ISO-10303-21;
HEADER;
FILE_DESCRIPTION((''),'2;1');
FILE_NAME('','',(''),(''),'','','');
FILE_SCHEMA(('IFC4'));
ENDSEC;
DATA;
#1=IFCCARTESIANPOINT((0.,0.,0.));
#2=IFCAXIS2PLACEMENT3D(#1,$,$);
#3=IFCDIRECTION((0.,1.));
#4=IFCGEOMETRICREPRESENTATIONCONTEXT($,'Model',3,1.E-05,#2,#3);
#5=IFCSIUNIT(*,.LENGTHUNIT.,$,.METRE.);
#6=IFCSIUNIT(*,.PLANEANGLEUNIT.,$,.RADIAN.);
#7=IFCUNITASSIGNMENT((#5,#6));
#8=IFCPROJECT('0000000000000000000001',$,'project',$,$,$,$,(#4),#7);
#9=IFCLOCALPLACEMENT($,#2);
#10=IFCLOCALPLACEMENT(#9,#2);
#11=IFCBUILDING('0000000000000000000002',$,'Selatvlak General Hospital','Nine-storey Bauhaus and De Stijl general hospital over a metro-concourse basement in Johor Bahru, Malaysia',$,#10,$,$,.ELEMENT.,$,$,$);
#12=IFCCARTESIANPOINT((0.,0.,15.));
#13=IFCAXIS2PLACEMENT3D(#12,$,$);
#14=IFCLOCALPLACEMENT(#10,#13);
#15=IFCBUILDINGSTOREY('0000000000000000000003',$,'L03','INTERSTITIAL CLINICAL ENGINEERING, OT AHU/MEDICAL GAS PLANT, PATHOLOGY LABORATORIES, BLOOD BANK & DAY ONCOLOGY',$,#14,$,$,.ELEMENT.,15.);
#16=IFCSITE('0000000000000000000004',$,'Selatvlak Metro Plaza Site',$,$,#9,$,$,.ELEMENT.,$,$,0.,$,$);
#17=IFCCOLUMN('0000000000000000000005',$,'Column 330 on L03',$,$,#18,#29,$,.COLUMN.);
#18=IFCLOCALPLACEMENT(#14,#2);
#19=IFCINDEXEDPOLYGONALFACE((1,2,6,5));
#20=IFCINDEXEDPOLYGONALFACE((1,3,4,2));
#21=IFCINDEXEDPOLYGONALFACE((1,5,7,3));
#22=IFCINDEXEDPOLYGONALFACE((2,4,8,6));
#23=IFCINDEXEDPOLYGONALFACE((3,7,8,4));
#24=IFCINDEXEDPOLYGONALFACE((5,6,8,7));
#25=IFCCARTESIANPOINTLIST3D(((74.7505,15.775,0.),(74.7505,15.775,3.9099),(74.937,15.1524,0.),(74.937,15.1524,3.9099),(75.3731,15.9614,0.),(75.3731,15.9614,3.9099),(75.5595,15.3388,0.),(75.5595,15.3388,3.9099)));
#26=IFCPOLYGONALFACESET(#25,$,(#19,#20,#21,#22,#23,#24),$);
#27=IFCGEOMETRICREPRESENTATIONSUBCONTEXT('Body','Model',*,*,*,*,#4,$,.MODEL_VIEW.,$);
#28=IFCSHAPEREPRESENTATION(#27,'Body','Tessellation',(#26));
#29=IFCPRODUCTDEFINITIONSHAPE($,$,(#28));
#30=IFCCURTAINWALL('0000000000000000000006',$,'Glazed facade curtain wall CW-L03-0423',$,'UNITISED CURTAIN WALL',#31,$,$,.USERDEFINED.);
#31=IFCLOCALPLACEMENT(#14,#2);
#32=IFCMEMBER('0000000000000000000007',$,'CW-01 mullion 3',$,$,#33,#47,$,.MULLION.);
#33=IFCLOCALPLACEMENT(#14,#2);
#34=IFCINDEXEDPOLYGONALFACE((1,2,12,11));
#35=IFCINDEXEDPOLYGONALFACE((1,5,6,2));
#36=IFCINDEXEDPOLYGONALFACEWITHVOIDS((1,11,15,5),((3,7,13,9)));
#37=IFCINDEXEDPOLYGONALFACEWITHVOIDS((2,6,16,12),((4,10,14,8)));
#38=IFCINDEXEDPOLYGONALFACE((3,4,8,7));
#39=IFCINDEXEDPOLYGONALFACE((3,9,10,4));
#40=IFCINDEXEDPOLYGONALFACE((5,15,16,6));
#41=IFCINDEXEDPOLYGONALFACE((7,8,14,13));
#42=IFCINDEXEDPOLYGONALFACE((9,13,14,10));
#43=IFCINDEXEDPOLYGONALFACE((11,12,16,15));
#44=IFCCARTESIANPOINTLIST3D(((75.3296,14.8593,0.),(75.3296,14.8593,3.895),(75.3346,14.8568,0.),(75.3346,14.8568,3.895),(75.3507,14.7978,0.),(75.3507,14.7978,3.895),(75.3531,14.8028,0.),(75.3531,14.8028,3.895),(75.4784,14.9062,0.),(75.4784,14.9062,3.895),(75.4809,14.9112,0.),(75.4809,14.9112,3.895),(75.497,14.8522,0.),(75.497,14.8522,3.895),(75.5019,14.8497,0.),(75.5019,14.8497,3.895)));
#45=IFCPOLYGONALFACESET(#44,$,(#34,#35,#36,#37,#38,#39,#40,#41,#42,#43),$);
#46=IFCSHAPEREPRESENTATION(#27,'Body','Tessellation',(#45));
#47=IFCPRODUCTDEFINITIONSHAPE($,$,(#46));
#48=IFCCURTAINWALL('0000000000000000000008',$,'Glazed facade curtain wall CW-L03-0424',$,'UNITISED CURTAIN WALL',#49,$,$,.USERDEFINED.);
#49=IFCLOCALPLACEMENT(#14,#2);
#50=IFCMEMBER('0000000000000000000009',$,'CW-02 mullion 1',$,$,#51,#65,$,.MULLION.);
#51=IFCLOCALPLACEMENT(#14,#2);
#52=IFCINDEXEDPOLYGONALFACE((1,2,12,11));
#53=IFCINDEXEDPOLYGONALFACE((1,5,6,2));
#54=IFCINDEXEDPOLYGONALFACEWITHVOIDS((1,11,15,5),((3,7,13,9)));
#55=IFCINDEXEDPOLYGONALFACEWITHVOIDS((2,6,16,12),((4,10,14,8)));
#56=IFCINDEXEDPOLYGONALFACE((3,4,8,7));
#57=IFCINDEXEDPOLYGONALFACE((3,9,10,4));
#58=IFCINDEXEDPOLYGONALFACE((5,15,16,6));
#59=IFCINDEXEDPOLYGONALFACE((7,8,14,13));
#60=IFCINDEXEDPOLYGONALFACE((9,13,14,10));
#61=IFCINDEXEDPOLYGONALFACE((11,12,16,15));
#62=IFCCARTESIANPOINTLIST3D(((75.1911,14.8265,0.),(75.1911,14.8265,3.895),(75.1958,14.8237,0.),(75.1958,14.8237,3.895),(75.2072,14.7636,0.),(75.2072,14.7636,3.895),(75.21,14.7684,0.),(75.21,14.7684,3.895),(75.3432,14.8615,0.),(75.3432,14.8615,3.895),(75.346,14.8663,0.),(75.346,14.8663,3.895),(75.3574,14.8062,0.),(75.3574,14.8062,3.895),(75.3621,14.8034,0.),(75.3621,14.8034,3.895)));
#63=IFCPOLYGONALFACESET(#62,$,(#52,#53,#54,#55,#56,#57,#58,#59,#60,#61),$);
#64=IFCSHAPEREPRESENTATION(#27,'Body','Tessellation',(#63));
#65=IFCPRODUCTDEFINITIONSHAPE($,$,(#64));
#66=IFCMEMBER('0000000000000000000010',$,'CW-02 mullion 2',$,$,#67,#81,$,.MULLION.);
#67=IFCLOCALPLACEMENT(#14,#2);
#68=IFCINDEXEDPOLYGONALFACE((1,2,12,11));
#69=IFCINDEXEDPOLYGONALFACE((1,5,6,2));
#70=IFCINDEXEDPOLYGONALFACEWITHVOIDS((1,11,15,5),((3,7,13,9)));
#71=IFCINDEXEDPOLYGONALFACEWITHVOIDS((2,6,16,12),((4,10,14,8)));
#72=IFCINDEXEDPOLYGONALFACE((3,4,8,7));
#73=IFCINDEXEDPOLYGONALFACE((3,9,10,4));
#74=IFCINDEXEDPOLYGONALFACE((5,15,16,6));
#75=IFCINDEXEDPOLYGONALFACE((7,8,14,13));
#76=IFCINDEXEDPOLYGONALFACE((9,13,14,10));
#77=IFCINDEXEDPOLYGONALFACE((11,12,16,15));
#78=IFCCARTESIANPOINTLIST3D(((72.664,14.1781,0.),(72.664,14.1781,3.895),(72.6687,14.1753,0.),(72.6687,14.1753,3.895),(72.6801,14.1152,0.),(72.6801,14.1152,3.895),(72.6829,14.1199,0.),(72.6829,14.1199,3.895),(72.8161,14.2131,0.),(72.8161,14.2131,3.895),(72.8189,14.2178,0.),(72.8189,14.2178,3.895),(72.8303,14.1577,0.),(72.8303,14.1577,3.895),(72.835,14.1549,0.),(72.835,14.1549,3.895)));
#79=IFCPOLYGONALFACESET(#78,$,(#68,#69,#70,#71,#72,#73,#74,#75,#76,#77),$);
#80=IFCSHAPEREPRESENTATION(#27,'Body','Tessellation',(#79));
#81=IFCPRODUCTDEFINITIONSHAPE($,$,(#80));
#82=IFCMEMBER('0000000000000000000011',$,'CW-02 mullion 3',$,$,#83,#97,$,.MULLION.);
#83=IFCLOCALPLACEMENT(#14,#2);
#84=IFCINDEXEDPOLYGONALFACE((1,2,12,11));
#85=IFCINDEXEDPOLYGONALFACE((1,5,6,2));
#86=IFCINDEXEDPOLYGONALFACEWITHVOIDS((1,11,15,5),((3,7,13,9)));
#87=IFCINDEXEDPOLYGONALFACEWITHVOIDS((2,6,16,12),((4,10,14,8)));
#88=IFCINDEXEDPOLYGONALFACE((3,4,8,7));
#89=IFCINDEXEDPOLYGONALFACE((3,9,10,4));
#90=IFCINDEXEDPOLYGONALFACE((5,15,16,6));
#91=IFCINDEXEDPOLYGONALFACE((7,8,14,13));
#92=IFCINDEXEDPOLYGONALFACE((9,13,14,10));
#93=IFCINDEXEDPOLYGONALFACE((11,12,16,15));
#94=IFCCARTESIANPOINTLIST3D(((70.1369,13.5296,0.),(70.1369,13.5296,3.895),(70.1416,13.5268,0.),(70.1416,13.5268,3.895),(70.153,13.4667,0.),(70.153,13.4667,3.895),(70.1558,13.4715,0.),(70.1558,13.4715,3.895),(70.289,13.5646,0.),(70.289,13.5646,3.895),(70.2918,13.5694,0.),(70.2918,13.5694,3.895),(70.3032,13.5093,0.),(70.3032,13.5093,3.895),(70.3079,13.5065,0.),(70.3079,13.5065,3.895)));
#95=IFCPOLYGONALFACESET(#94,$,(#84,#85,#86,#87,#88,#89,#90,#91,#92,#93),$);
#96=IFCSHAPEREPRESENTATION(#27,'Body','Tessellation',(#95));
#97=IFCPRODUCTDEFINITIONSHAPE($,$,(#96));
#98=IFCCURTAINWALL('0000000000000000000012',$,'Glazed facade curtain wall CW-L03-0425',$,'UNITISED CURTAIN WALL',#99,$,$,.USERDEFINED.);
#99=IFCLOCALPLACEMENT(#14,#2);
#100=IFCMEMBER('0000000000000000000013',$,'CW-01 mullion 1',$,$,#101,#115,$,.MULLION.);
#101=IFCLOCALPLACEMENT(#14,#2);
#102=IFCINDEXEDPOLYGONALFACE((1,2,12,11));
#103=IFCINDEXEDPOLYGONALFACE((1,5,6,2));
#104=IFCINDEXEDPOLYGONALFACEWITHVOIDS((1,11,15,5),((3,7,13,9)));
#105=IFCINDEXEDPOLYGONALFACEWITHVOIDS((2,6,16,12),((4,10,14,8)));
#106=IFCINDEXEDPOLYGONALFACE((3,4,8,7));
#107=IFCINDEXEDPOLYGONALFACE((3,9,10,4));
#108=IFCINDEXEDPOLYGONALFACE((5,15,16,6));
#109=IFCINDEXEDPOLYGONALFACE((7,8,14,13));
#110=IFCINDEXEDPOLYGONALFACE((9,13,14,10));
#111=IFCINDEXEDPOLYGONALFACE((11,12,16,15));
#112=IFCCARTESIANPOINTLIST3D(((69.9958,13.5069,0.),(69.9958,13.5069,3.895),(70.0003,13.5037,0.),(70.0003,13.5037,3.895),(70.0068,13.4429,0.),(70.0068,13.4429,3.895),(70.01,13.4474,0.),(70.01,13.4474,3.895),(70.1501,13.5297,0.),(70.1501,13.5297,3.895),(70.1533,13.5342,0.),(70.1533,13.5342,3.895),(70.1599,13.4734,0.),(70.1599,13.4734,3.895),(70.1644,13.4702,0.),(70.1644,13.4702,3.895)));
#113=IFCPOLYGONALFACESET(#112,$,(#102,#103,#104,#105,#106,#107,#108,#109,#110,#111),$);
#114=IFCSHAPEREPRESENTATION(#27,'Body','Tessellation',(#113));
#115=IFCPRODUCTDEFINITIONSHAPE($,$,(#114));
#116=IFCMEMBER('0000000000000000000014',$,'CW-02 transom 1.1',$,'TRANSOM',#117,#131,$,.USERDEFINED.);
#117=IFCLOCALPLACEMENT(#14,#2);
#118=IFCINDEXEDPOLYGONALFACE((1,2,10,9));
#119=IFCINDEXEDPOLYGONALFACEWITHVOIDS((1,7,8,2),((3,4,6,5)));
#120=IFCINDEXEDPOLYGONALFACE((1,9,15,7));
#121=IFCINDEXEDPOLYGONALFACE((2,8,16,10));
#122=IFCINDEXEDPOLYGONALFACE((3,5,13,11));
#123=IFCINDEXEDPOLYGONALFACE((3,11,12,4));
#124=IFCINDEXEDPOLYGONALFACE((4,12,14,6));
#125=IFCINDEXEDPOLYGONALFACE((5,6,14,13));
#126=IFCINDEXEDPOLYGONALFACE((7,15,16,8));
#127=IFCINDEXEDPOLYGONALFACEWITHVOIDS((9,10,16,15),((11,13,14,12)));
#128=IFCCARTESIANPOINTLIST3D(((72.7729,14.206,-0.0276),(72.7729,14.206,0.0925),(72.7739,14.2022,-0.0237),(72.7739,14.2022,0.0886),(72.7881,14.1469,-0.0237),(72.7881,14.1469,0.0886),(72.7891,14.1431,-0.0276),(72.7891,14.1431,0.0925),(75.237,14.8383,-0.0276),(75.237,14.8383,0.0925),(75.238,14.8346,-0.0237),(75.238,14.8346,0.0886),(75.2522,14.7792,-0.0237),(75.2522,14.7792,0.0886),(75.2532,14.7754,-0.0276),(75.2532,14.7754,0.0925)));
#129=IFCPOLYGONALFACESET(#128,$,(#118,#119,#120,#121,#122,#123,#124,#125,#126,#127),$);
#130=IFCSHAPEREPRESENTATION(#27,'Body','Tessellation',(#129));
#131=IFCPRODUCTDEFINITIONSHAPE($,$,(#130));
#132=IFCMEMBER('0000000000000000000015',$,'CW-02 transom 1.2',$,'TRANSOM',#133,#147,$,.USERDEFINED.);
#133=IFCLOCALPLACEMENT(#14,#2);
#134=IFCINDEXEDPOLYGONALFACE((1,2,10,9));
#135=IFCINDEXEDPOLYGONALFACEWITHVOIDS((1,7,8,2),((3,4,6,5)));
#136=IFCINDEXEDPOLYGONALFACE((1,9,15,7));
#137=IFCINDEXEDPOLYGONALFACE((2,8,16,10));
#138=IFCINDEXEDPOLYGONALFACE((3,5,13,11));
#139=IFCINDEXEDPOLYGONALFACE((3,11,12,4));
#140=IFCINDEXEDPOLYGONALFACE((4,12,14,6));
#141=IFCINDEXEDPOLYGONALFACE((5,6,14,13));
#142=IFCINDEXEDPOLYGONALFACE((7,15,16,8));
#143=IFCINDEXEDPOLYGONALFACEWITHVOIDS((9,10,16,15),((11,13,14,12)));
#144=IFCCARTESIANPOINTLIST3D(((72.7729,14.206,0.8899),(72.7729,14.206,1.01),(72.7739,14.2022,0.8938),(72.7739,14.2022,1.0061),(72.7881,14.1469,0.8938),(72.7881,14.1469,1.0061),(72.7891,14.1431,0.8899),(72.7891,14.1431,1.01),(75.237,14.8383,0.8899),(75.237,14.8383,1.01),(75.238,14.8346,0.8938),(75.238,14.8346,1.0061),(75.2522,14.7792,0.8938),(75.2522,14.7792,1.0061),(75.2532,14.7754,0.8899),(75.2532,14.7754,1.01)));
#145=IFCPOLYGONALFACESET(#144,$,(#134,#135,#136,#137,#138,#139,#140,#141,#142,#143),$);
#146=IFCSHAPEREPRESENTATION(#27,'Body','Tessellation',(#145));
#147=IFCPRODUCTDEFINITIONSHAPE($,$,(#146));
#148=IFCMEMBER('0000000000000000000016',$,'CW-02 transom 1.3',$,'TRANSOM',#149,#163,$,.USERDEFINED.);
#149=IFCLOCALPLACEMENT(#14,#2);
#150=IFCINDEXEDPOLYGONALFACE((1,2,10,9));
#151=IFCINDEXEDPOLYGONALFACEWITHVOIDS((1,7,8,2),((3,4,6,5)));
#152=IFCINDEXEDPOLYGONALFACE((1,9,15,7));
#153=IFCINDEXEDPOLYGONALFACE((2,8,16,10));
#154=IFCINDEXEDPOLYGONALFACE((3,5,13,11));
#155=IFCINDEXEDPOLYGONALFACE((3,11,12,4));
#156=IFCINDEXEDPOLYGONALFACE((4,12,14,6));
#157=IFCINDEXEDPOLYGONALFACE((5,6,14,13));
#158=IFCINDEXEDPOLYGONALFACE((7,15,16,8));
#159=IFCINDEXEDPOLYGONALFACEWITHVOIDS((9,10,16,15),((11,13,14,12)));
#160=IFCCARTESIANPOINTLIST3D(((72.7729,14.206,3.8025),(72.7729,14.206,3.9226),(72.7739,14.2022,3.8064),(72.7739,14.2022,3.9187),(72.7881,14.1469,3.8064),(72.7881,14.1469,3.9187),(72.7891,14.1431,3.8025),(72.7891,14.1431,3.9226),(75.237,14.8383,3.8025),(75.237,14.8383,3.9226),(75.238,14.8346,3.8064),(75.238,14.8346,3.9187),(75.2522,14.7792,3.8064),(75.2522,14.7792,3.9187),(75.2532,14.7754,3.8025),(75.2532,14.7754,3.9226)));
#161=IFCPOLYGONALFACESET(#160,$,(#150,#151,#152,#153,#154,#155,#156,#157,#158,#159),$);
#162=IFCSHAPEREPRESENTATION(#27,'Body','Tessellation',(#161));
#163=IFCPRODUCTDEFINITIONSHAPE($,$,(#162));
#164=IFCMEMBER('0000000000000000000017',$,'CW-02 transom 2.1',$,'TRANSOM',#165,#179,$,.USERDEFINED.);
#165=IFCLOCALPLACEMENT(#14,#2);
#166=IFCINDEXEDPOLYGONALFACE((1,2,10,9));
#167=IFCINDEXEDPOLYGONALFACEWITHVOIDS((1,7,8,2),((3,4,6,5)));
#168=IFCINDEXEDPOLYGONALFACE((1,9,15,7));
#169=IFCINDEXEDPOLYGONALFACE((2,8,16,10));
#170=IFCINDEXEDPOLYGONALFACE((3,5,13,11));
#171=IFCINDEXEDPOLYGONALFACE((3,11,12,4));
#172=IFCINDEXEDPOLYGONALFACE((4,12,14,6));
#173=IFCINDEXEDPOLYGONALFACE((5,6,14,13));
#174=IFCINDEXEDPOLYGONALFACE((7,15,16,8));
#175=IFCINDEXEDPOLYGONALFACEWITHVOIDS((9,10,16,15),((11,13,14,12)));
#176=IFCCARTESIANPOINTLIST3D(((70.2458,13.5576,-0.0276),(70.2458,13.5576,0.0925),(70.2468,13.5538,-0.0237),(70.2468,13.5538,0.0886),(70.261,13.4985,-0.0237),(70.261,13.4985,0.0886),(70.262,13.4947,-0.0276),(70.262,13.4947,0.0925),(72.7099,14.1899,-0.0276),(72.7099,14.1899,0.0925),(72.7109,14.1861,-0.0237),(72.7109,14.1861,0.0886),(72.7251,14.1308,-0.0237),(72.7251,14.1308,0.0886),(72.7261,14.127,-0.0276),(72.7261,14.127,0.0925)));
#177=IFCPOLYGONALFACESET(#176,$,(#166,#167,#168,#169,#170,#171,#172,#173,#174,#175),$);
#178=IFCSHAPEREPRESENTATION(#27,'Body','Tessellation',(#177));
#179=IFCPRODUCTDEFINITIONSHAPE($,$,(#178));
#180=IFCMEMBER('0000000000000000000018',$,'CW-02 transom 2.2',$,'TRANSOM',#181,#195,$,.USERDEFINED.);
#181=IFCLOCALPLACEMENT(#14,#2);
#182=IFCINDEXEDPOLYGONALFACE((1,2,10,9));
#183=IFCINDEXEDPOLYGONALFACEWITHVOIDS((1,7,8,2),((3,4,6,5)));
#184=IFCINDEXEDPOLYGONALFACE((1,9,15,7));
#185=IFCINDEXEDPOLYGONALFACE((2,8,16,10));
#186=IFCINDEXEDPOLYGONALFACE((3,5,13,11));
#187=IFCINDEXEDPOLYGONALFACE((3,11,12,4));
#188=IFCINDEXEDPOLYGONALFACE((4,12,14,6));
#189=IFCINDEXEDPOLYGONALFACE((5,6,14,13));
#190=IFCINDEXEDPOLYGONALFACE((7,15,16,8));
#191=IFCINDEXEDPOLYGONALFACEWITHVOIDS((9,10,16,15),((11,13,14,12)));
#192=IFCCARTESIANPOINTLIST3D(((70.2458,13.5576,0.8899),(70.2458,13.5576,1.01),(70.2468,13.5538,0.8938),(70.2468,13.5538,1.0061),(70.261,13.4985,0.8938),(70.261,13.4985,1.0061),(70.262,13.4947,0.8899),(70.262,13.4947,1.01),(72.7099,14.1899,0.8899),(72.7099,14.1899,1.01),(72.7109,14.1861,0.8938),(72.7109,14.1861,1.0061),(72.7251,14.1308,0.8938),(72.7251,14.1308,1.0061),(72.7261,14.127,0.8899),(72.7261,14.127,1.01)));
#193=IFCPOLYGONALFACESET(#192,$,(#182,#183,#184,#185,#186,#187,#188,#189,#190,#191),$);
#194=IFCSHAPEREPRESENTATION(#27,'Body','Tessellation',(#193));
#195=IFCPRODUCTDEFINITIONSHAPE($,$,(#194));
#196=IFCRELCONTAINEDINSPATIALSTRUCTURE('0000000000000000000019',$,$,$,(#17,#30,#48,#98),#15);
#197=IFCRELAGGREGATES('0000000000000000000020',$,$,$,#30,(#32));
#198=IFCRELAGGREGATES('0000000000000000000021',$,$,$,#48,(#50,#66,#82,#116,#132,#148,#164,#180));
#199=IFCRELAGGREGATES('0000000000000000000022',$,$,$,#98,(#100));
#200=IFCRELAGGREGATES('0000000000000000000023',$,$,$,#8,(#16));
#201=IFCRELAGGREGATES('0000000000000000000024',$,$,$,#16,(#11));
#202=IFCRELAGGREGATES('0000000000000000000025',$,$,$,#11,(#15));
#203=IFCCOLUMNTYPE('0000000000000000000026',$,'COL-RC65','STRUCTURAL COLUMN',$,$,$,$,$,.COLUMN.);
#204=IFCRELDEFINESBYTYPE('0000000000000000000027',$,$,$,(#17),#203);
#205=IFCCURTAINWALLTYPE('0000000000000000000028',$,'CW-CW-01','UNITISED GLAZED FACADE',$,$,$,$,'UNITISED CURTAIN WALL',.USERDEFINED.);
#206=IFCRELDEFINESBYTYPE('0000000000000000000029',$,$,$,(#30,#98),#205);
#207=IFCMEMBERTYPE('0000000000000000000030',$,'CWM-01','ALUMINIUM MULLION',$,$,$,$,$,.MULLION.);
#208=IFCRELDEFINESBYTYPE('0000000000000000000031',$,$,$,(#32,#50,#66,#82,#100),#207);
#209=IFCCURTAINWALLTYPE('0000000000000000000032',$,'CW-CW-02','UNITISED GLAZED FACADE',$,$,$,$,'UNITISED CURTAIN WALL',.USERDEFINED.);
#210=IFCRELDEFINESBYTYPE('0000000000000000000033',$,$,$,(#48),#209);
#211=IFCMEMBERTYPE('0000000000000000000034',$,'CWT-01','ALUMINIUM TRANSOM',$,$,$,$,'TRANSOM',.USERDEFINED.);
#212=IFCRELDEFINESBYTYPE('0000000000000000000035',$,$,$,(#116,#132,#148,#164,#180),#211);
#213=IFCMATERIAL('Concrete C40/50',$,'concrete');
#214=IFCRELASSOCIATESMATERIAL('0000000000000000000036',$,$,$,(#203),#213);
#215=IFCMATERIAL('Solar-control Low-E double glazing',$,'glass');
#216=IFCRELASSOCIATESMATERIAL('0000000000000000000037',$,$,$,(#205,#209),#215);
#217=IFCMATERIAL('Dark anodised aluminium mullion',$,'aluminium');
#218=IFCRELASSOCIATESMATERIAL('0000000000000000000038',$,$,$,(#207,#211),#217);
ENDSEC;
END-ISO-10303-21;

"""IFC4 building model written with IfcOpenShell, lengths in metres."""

from ifc_helpers import new_model, si_unit, direction, frame, origin, origin_2d, place, context, subcontext, project, spatial, rectangle, hollow_rectangle, extrude, material, material_profile, profile_set, type_object, element, aggregate, save


model = new_model("IFC4")

# Units and contexts
model_context = context("Model", 3, precision=1e-05, world=origin(), true_north=direction((0.0, 1.0)))
body_context = subcontext(model_context, "Body", "Model", "MODEL_VIEW")
ifc_project = project(units=[si_unit("LENGTHUNIT", "METRE"), si_unit("PLANEANGLEUNIT", "RADIAN")], contexts=[model_context])

# Site, building, storey
site_placement = place(None, origin())
site = spatial("IfcSite", under=ifc_project, at=site_placement, Name="Selatvlak Metro Plaza Site", CompositionType="ELEMENT", RefElevation=0.0)
building_placement = place(site_placement, origin())
building = spatial("IfcBuilding", under=site, at=building_placement, Name="Selatvlak General Hospital", Description="Nine-storey Bauhaus and De Stijl general hospital over a metro-concourse basement in Johor Bahru, Malaysia", CompositionType="ELEMENT")
storey_placement = place(building_placement, frame((0.0, 0.0, 15.0)))
storey = spatial("IfcBuildingStorey", under=building, at=storey_placement, Name="L03", Description="INTERSTITIAL CLINICAL ENGINEERING, OT AHU/MEDICAL GAS PLANT, PATHOLOGY LABORATORIES, BLOOD BANK & DAY ONCOLOGY", CompositionType="ELEMENT", Elevation=15.0)

# Column
ifc_material_1 = material(Name="Concrete C40/50", Category="concrete")
ifc_material_profile_1 = material_profile(ifc_material_1, rectangle(XDim=0.6499, YDim=0.6499, at=origin_2d()), Name="RC-COL 650x650")
ifc_profile_set_1 = profile_set([ifc_material_profile_1], Name="Concrete C40/50")
column_type = type_object("IfcColumnType", Name="COL-RC65", Description="STRUCTURAL COLUMN", PredefinedType="COLUMN", material=ifc_profile_set_1)
column_placement = place(storey_placement, frame((75.155, 15.5569, 0.0), z_axis=(0.0, 0.0, 1.0), x_axis=(-0.286859, 0.957973, 0.0)))
element("IfcColumn", 1, at=column_placement, inside=storey, type_object=column_type, Name="Column 330 on L03", PredefinedType="COLUMN", context=body_context, shape_type="SweptSolid", body=[
    extrude(rectangle(XDim=0.6499, YDim=0.6499, at=origin_2d()), origin(), (0.0, 0.0, 1.0), 3.9099),
])

# Curtain wall, member
ifc_material_2 = material(Name="Solar-control Low-E double glazing", Category="glass")
curtain_wall_type_1 = type_object("IfcCurtainWallType", Name="CW-CW-01", Description="UNITISED GLAZED FACADE", ElementType="UNITISED CURTAIN WALL", PredefinedType="USERDEFINED", material=ifc_material_2)
curtain_wall_1_placement = place(storey_placement, origin())
curtain_wall_1 = element("IfcCurtainWall", 2, at=curtain_wall_1_placement, inside=storey, type_object=curtain_wall_type_1, Name="Glazed facade curtain wall CW-L03-0423", ObjectType="UNITISED CURTAIN WALL", PredefinedType="USERDEFINED")
ifc_material_3 = material(Name="Dark anodised aluminium mullion", Category="aluminium")
ifc_material_profile_2 = material_profile(ifc_material_3, hollow_rectangle(XDim=0.0649, YDim=0.1599, WallThickness=0.0039, at=origin_2d()), Name="AL-MUL 65x160x4")
ifc_profile_set_2 = profile_set([ifc_material_profile_2], Name="Dark anodised aluminium mullion")
member_type_1 = type_object("IfcMemberType", Name="CWM-01", Description="ALUMINIUM MULLION", PredefinedType="MULLION", material=ifc_profile_set_2)
member_1_placement = place(storey_placement, frame((75.4158, 14.8545, 0.0), z_axis=(0.0, 0.0, 1.0), x_axis=(0.324609, -0.945848, 0.0)))
member_1 = element("IfcMember", 3, at=member_1_placement, type_object=member_type_1, Name="CW-01 mullion 3", PredefinedType="MULLION", context=body_context, shape_type="SweptSolid", body=[
    extrude(hollow_rectangle(XDim=0.0649, YDim=0.1599, WallThickness=0.0039, at=origin_2d()), origin(), (0.0, 0.0, 1.0), 3.895),
])

# Curtain wall, members
curtain_wall_type_2 = type_object("IfcCurtainWallType", Name="CW-CW-02", Description="UNITISED GLAZED FACADE", ElementType="UNITISED CURTAIN WALL", PredefinedType="USERDEFINED", material=ifc_material_2)
curtain_wall_2_placement = place(storey_placement, origin())
curtain_wall_2 = element("IfcCurtainWall", 4, at=curtain_wall_2_placement, inside=storey, type_object=curtain_wall_type_2, Name="Glazed facade curtain wall CW-L03-0424", ObjectType="UNITISED CURTAIN WALL", PredefinedType="USERDEFINED")
member_2_placement = place(storey_placement, frame((75.2766, 14.8149, 0.0), z_axis=(0.0, 0.0, 1.0), x_axis=(0.248544, -0.968621, 0.0)))
member_2 = element("IfcMember", 5, at=member_2_placement, type_object=member_type_1, Name="CW-02 mullion 1", PredefinedType="MULLION", context=body_context, shape_type="SweptSolid", body=[
    extrude(hollow_rectangle(XDim=0.0649, YDim=0.1599, WallThickness=0.0039, at=origin_2d()), origin(), (0.0, 0.0, 1.0), 3.895),
])
member_3_placement = place(storey_placement, frame((72.7495, 14.1665, 0.0), z_axis=(0.0, 0.0, 1.0), x_axis=(0.248544, -0.968621, 0.0)))
member_3 = element("IfcMember", 6, at=member_3_placement, type_object=member_type_1, Name="CW-02 mullion 2", PredefinedType="MULLION", context=body_context, shape_type="SweptSolid", body=[
    extrude(hollow_rectangle(XDim=0.0649, YDim=0.1599, WallThickness=0.0039, at=origin_2d()), origin(), (0.0, 0.0, 1.0), 3.895),
])
member_4_placement = place(storey_placement, frame((70.2224, 13.5181, 0.0), z_axis=(0.0, 0.0, 1.0), x_axis=(0.248544, -0.968621, 0.0)))
member_4 = element("IfcMember", 7, at=member_4_placement, type_object=member_type_1, Name="CW-02 mullion 3", PredefinedType="MULLION", context=body_context, shape_type="SweptSolid", body=[
    extrude(hollow_rectangle(XDim=0.0649, YDim=0.1599, WallThickness=0.0039, at=origin_2d()), origin(), (0.0, 0.0, 1.0), 3.895),
])

# Curtain wall, member
curtain_wall_3_placement = place(storey_placement, origin())
curtain_wall_3 = element("IfcCurtainWall", 8, at=curtain_wall_3_placement, inside=storey, type_object=curtain_wall_type_1, Name="Glazed facade curtain wall CW-L03-0425", ObjectType="UNITISED CURTAIN WALL", PredefinedType="USERDEFINED")
member_5_placement = place(storey_placement, frame((70.0801, 13.4885, 0.0), z_axis=(0.0, 0.0, 1.0), x_axis=(0.170838, -0.985299, 0.0)))
member_5 = element("IfcMember", 9, at=member_5_placement, type_object=member_type_1, Name="CW-01 mullion 1", PredefinedType="MULLION", context=body_context, shape_type="SweptSolid", body=[
    extrude(hollow_rectangle(XDim=0.0649, YDim=0.1599, WallThickness=0.0039, at=origin_2d()), origin(), (0.0, 0.0, 1.0), 3.895),
])

# Members
ifc_material_profile_3 = material_profile(ifc_material_3, hollow_rectangle(XDim=0.0649, YDim=0.1201, WallThickness=0.0039, at=origin_2d()), Name="AL-TRN 65x120x4")
ifc_profile_set_3 = profile_set([ifc_material_profile_3], Name="Dark anodised aluminium mullion")
member_type_2 = type_object("IfcMemberType", Name="CWT-01", Description="ALUMINIUM TRANSOM", ElementType="TRANSOM", PredefinedType="USERDEFINED", material=ifc_profile_set_3)
member_6_placement = place(storey_placement, frame((75.2451, 14.8069, 0.0325), z_axis=(-0.968616, -0.24856, 0.0), x_axis=(0.24856, -0.968616, 0.0)))
member_6 = element("IfcMember", 10, at=member_6_placement, type_object=member_type_2, Name="CW-02 transom 1.1", ObjectType="TRANSOM", PredefinedType="USERDEFINED", context=body_context, shape_type="SweptSolid", body=[
    extrude(hollow_rectangle(XDim=0.0649, YDim=0.1201, WallThickness=0.0039, at=origin_2d()), origin(), (0.0, 0.0, 1.0), 2.5439),
])
member_7_placement = place(storey_placement, frame((75.2451, 14.8069, 0.95), z_axis=(-0.968616, -0.24856, 0.0), x_axis=(0.24856, -0.968616, 0.0)))
member_7 = element("IfcMember", 11, at=member_7_placement, type_object=member_type_2, Name="CW-02 transom 1.2", ObjectType="TRANSOM", PredefinedType="USERDEFINED", context=body_context, shape_type="SweptSolid", body=[
    extrude(hollow_rectangle(XDim=0.0649, YDim=0.1201, WallThickness=0.0039, at=origin_2d()), origin(), (0.0, 0.0, 1.0), 2.5439),
])
member_8_placement = place(storey_placement, frame((75.2451, 14.8069, 3.8625), z_axis=(-0.968616, -0.24856, 0.0), x_axis=(0.24856, -0.968616, 0.0)))
member_8 = element("IfcMember", 12, at=member_8_placement, type_object=member_type_2, Name="CW-02 transom 1.3", ObjectType="TRANSOM", PredefinedType="USERDEFINED", context=body_context, shape_type="SweptSolid", body=[
    extrude(hollow_rectangle(XDim=0.0649, YDim=0.1201, WallThickness=0.0039, at=origin_2d()), origin(), (0.0, 0.0, 1.0), 2.5439),
])
member_9_placement = place(storey_placement, frame((72.718, 14.1584, 0.0325), z_axis=(-0.968616, -0.24856, 0.0), x_axis=(0.24856, -0.968616, 0.0)))
member_9 = element("IfcMember", 13, at=member_9_placement, type_object=member_type_2, Name="CW-02 transom 2.1", ObjectType="TRANSOM", PredefinedType="USERDEFINED", context=body_context, shape_type="SweptSolid", body=[
    extrude(hollow_rectangle(XDim=0.0649, YDim=0.1201, WallThickness=0.0039, at=origin_2d()), origin(), (0.0, 0.0, 1.0), 2.5439),
])
member_10_placement = place(storey_placement, frame((72.718, 14.1584, 0.95), z_axis=(-0.968616, -0.24856, 0.0), x_axis=(0.24856, -0.968616, 0.0)))
member_10 = element("IfcMember", 14, at=member_10_placement, type_object=member_type_2, Name="CW-02 transom 2.2", ObjectType="TRANSOM", PredefinedType="USERDEFINED", context=body_context, shape_type="SweptSolid", body=[
    extrude(hollow_rectangle(XDim=0.0649, YDim=0.1201, WallThickness=0.0039, at=origin_2d()), origin(), (0.0, 0.0, 1.0), 2.5439),
])

aggregate(curtain_wall_1, [member_1])
aggregate(curtain_wall_2, [member_2, member_3, member_4, member_6, member_7, member_8, member_9, member_10])
aggregate(curtain_wall_3, [member_5])

save(model, "model.ifc")
